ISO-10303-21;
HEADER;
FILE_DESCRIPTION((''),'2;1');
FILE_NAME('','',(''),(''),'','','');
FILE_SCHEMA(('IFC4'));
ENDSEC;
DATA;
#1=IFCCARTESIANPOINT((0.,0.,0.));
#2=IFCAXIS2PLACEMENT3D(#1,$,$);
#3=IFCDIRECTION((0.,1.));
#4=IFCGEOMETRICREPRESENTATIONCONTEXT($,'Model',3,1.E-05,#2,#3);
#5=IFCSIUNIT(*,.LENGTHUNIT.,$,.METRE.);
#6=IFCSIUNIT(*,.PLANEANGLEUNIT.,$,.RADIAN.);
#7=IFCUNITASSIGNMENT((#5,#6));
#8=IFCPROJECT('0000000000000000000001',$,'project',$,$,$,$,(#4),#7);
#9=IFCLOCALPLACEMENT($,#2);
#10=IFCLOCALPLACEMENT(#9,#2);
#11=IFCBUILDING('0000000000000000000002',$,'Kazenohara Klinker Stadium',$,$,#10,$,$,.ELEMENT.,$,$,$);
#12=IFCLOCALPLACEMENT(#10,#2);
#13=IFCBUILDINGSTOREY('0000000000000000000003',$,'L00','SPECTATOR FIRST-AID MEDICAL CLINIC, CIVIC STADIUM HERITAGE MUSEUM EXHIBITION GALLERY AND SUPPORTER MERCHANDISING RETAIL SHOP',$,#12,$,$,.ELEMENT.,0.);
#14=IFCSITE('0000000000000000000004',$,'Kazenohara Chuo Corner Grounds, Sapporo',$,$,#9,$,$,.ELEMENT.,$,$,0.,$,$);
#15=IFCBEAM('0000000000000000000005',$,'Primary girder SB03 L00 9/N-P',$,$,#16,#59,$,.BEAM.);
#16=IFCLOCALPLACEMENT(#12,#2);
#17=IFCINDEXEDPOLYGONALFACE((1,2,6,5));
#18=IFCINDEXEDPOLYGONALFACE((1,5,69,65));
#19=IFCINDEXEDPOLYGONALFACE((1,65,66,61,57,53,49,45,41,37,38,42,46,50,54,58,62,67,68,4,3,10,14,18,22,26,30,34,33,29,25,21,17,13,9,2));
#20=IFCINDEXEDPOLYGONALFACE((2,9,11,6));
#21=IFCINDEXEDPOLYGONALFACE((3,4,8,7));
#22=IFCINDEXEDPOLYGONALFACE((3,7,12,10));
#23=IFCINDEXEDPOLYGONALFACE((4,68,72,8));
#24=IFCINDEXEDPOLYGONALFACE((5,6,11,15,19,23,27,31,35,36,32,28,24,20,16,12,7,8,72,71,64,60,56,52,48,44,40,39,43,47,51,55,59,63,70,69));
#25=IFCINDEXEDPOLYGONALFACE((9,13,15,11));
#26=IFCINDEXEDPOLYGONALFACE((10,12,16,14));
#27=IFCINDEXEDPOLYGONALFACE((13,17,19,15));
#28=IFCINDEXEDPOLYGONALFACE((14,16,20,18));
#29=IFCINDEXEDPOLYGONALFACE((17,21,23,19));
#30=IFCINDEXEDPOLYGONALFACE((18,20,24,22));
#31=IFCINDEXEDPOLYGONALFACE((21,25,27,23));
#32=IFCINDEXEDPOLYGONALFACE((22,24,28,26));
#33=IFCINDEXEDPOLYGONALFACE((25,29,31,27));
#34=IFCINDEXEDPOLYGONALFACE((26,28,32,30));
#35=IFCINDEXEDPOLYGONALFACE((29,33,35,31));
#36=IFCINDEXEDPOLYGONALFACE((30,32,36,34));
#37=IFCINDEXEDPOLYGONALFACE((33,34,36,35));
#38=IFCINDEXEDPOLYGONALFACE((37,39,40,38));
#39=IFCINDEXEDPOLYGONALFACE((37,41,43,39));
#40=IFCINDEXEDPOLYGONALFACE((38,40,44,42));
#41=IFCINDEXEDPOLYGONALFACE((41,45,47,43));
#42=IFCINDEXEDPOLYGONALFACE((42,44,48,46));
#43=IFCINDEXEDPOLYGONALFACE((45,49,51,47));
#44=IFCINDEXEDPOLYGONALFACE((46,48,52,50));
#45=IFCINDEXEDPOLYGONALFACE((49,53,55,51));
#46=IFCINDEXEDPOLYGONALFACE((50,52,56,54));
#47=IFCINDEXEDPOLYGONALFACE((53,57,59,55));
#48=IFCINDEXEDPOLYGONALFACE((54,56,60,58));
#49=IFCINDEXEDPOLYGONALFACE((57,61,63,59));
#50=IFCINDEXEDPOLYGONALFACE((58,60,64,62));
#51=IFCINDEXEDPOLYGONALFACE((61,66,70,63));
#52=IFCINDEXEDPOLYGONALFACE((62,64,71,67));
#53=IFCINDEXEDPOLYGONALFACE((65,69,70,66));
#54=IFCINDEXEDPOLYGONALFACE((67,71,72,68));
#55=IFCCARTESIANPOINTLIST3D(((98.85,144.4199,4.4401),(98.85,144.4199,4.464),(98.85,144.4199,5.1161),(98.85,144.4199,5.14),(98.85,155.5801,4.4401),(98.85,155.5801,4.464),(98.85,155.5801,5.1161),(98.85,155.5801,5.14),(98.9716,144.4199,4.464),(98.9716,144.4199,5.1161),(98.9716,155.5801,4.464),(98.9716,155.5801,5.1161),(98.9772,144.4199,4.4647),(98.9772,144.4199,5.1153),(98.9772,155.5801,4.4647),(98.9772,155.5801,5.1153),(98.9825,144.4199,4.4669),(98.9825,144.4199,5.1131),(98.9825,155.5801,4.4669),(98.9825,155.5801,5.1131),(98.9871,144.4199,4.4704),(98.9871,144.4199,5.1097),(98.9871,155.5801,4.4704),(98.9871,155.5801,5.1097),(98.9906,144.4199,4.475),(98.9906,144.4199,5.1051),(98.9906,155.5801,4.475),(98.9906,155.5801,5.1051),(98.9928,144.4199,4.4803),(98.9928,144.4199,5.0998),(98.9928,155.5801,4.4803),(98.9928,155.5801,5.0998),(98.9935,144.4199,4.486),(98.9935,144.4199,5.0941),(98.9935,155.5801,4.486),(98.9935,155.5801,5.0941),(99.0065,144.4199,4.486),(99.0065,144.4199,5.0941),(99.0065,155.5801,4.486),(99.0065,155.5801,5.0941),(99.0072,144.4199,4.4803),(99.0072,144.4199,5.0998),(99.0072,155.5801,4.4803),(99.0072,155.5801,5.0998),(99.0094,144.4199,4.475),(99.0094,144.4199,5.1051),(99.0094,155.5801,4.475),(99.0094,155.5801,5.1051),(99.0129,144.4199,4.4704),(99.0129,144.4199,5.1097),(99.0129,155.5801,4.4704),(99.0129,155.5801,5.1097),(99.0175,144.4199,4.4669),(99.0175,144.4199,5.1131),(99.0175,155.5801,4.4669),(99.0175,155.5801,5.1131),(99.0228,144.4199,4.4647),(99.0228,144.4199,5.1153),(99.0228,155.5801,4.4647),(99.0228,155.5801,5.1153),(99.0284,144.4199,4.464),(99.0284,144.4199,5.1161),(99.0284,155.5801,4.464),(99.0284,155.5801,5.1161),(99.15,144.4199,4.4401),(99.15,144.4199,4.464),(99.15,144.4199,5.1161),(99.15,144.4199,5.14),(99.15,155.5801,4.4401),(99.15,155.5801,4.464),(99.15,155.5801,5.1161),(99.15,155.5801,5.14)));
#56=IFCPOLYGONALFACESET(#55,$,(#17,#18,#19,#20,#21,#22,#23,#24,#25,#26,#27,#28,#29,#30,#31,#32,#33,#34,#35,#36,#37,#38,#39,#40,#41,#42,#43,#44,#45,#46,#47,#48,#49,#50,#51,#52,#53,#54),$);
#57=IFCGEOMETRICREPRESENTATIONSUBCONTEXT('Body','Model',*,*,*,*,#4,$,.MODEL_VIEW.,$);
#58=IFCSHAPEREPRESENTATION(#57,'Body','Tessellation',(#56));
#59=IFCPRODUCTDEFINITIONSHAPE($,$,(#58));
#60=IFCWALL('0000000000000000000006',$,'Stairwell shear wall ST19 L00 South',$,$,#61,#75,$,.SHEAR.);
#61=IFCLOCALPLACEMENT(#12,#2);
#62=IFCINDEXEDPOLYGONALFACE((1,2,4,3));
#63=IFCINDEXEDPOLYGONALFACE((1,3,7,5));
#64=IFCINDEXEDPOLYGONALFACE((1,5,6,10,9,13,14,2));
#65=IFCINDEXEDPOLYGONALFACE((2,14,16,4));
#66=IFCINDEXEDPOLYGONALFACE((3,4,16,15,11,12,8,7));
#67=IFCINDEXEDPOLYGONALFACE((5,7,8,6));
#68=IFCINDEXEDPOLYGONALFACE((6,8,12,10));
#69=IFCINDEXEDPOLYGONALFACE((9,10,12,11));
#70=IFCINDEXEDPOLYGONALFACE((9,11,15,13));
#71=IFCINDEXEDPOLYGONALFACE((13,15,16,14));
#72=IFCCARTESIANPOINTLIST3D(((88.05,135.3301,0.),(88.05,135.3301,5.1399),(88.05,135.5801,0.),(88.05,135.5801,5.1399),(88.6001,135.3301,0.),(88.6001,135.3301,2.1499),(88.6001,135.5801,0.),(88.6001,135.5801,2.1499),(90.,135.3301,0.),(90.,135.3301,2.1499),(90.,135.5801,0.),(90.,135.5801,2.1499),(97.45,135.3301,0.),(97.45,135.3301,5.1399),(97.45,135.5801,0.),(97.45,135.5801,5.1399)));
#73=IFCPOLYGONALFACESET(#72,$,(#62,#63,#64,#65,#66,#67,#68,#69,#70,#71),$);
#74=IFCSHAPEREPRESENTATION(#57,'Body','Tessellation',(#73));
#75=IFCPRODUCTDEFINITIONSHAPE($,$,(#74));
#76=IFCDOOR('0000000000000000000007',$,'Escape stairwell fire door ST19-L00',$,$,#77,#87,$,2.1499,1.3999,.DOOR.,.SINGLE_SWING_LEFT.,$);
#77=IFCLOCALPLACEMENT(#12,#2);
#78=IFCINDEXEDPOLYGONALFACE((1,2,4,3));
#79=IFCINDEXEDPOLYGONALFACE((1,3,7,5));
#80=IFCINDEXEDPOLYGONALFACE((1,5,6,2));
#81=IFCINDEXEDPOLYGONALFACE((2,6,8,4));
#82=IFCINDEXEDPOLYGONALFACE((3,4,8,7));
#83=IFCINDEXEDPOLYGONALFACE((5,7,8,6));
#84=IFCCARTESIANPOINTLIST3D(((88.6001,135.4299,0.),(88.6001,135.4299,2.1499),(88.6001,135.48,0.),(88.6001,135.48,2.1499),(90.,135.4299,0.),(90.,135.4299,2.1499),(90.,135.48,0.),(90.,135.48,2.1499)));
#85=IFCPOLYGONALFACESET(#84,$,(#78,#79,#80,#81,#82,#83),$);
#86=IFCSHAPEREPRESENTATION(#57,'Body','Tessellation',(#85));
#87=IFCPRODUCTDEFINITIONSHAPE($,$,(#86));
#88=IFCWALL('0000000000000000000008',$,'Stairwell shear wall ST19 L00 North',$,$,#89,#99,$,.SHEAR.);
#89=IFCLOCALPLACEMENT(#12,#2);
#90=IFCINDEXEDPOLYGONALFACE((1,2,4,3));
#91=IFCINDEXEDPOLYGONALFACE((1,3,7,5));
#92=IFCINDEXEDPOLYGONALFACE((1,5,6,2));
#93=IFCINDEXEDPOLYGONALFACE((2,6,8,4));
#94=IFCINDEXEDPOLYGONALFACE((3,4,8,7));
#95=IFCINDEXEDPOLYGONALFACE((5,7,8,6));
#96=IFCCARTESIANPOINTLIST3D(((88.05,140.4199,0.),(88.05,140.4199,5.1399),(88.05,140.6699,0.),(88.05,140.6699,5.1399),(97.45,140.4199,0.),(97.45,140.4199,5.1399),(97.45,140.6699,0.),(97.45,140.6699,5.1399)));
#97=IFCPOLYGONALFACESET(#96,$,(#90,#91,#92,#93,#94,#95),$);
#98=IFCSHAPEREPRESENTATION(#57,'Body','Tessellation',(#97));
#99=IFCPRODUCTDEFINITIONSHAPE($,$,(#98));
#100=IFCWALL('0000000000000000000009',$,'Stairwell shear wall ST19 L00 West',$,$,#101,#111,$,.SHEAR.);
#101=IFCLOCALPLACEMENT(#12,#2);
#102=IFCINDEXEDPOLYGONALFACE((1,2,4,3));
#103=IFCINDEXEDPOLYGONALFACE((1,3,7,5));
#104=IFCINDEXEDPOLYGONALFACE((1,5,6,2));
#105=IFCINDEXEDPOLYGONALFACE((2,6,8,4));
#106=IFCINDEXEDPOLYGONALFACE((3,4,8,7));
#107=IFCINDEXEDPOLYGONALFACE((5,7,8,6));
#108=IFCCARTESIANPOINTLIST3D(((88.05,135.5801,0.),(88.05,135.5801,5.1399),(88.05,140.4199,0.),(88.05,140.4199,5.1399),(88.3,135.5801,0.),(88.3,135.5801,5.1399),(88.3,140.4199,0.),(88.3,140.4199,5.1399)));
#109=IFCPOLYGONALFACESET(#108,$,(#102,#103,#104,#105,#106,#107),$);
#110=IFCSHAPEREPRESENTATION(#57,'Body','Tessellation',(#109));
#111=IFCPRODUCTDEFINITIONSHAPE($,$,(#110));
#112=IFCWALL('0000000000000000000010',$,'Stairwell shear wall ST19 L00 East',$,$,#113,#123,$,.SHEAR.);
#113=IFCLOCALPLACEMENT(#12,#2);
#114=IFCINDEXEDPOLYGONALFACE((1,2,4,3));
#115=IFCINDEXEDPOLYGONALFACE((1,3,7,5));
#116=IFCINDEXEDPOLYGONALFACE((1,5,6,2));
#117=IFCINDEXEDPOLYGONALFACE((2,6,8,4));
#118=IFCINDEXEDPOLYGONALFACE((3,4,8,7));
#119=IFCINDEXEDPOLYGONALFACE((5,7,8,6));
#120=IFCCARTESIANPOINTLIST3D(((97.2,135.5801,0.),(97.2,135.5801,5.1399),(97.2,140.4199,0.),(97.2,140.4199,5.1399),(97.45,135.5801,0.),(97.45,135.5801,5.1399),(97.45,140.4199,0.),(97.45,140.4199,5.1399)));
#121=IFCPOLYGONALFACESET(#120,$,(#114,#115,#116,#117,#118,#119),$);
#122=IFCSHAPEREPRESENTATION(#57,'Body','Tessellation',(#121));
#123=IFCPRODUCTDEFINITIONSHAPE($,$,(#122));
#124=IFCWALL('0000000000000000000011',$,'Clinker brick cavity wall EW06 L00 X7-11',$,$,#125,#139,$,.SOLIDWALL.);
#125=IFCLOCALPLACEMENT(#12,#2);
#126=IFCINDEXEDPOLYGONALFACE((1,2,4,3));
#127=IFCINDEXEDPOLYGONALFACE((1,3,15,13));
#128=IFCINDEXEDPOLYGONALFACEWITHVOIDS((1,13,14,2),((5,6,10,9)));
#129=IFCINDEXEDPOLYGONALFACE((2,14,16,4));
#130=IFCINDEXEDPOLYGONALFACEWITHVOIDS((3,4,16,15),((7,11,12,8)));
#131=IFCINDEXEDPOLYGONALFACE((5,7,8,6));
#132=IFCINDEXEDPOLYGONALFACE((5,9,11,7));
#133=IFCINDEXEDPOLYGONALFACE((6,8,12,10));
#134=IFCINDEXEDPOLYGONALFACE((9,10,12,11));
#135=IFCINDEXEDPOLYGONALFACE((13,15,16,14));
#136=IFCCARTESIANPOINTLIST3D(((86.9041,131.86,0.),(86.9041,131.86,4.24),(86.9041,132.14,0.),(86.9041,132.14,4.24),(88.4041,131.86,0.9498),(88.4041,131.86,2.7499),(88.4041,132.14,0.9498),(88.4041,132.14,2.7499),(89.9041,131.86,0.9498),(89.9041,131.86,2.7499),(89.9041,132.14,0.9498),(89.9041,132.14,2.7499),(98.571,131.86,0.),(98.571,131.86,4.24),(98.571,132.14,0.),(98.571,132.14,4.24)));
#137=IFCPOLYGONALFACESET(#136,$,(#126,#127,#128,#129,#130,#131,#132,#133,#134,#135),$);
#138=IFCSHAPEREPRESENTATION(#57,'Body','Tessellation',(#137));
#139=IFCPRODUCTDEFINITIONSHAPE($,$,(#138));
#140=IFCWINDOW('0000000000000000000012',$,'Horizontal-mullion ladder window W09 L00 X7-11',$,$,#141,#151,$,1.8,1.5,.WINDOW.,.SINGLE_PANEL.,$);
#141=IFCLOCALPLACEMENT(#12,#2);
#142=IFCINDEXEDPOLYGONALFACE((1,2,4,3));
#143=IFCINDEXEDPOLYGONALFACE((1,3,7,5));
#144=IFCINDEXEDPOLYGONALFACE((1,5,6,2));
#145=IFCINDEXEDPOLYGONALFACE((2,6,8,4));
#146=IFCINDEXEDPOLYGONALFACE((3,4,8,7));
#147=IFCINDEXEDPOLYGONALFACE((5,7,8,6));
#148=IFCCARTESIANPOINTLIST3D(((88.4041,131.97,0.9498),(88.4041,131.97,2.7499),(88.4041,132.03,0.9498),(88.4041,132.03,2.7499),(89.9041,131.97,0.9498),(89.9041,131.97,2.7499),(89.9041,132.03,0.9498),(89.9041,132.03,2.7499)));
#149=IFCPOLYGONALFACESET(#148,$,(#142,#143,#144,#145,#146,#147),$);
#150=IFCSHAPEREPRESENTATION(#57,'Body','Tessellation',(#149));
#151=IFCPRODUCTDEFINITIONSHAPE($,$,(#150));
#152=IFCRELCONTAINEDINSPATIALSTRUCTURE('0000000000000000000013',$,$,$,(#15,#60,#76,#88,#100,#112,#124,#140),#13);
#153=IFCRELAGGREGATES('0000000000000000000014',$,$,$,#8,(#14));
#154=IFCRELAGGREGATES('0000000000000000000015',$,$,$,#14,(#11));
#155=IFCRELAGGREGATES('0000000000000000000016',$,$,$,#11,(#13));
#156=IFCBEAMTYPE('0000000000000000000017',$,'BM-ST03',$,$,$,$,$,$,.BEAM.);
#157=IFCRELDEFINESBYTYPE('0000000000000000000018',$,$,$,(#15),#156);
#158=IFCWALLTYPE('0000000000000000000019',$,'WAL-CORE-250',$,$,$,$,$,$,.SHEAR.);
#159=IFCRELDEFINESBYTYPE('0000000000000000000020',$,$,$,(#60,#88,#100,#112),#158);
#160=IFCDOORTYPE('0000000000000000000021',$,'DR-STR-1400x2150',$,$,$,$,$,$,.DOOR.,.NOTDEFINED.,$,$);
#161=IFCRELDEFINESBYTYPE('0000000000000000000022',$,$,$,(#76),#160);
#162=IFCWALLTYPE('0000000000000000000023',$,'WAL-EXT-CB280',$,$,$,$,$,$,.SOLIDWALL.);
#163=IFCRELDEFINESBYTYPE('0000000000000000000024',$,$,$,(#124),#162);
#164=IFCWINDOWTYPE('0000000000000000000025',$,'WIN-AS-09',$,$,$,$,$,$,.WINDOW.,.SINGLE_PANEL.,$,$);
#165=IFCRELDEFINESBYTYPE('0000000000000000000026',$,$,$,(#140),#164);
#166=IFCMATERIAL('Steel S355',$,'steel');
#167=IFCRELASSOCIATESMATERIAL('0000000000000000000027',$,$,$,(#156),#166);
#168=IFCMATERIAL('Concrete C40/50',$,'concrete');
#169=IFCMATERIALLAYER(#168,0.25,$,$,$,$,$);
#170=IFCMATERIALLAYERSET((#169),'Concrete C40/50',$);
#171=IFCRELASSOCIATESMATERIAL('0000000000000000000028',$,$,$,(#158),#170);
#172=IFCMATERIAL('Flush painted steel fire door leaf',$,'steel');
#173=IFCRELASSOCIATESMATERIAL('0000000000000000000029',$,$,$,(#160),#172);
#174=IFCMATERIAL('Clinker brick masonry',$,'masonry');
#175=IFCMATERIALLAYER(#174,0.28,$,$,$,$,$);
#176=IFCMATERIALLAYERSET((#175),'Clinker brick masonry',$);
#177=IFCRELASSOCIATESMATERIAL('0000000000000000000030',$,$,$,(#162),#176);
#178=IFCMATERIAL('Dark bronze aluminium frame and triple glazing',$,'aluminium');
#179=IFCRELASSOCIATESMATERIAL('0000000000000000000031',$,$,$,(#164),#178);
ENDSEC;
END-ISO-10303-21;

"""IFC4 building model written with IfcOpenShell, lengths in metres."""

from ifc_helpers import new_model, si_unit, direction, frame, frame_2d, origin, origin_2d, place, context, subcontext, project, spatial, rectangle, i_section, extrude, material, layer, layer_set, material_profile, profile_set, type_object, element, fill, save


model = new_model("IFC4")

# Units and contexts
model_context = context("Model", 3, precision=1e-05, world=origin(), true_north=direction((0.0, 1.0)))
body_context = subcontext(model_context, "Body", "Model", "MODEL_VIEW")
ifc_project = project(units=[si_unit("LENGTHUNIT", "METRE"), si_unit("PLANEANGLEUNIT", "RADIAN")], contexts=[model_context])

# Site, building, storey
site_placement = place(None, origin())
site = spatial("IfcSite", under=ifc_project, at=site_placement, Name="Kazenohara Chuo Corner Grounds, Sapporo", CompositionType="ELEMENT", RefElevation=0.0)
building_placement = place(site_placement, origin())
building = spatial("IfcBuilding", under=site, at=building_placement, Name="Kazenohara Klinker Stadium", CompositionType="ELEMENT")
storey_placement = place(building_placement, origin())
storey = spatial("IfcBuildingStorey", under=building, at=storey_placement, Name="L00", Description="SPECTATOR FIRST-AID MEDICAL CLINIC, CIVIC STADIUM HERITAGE MUSEUM EXHIBITION GALLERY AND SUPPORTER MERCHANDISING RETAIL SHOP", CompositionType="ELEMENT", Elevation=0.0)

# Shared definitions
ifc_material_1 = material(Name="Concrete C40/50", Category="concrete")

# Beam
ifc_material_2 = material(Name="Steel S355", Category="steel")
ifc_material_profile_1 = material_profile(ifc_material_2, i_section(OverallWidth=0.3, OverallDepth=0.7, WebThickness=0.0129, FlangeThickness=0.0239, FilletRadius=0.022, at=origin_2d()), Name="H-700x300x13x24")
ifc_profile_set_1 = profile_set([ifc_material_profile_1], Name="Steel S355")
beam_type_1 = type_object("IfcBeamType", Name="BM-ST03", PredefinedType="BEAM", material=ifc_profile_set_1)
beam_1_placement = place(storey_placement, frame((99.0, 144.4199, 4.79), z_axis=(0.0, 1.0, 0.0), x_axis=(-1.0, 0.0, 0.0)))
element("IfcBeam", 1, at=beam_1_placement, inside=storey, type_object=beam_type_1, Name="Primary girder SB03 L00 9/N-P", PredefinedType="BEAM", context=body_context, shape_type="SweptSolid", body=[
    extrude(i_section(OverallWidth=0.3, OverallDepth=0.7, WebThickness=0.0129, FlangeThickness=0.0239, FilletRadius=0.022, at=origin_2d()), origin(), (0.0, 0.0, 1.0), 11.1602),
])

# Wall, opening, door
ifc_layer_1 = layer(ifc_material_1, 0.25)
ifc_layer_set_1 = layer_set([ifc_layer_1], Name="Concrete C40/50")
wall_type_1 = type_object("IfcWallType", Name="WAL-CORE-250", PredefinedType="SHEAR", material=ifc_layer_set_1)
wall_1_placement = place(storey_placement, frame((88.05, 135.4551, 0.0), z_axis=(0.0, 0.0, 1.0), x_axis=(1.0, 0.0, 0.0)))
wall_1 = element("IfcWall", 2, at=wall_1_placement, inside=storey, type_object=wall_type_1, Name="Stairwell shear wall ST19 L00 South", PredefinedType="SHEAR", context=body_context, shape_type="SweptSolid", body=[
    extrude(rectangle(XDim=9.3999, YDim=0.25, at=frame_2d((4.7, 0.0))), origin(), (0.0, 0.0, 1.0), 5.1399),
])
opening_1_placement = place(wall_1_placement, frame((0.55, 0.0, 0.0)))
opening_1 = element("IfcOpeningElement", 3, at=opening_1_placement, cuts=wall_1, PredefinedType="OPENING", context=body_context, shape_type="SweptSolid", body=[
    extrude(rectangle(XDim=1.3999, YDim=2.1499, at=frame_2d((0.7, 1.075))), frame((0.0, 0.135, 0.0), z_axis=(0.0, -1.0, 0.0), x_axis=(1.0, 0.0, 0.0)), (0.0, 0.0, 1.0), 0.27),
])
ifc_material_3 = material(Name="Flush painted steel fire door leaf", Category="steel")
door_type = type_object("IfcDoorType", Name="DR-STR-1400x2150", OperationType="NOTDEFINED", PredefinedType="DOOR", material=ifc_material_3)
door_placement = place(opening_1_placement, origin())
door = element("IfcDoor", 4, at=door_placement, inside=storey, type_object=door_type, Name="Escape stairwell fire door ST19-L00", OperationType="SINGLE_SWING_LEFT", OverallHeight=2.1499, OverallWidth=1.3999, PredefinedType="DOOR", context=body_context, shape_type="SweptSolid", body=[
    extrude(rectangle(XDim=1.3999, YDim=2.1499, at=frame_2d((0.7, 1.075))), frame((0.0, 0.0249, 0.0), z_axis=(0.0, -1.0, 0.0), x_axis=(1.0, 0.0, 0.0)), (0.0, 0.0, 1.0), 0.05),
])
fill(opening_1, door)

# Walls
wall_2_placement = place(storey_placement, frame((88.05, 140.5449, 0.0), z_axis=(0.0, 0.0, 1.0), x_axis=(1.0, 0.0, 0.0)))
element("IfcWall", 5, at=wall_2_placement, inside=storey, type_object=wall_type_1, Name="Stairwell shear wall ST19 L00 North", PredefinedType="SHEAR", context=body_context, shape_type="SweptSolid", body=[
    extrude(rectangle(XDim=9.3999, YDim=0.25, at=frame_2d((4.7, 0.0))), origin(), (0.0, 0.0, 1.0), 5.1399),
])
for number, where, z_axis, x_axis, name in (
    (6, (88.175, 135.5801, 0.0), (0.0, 0.0, 1.0), (0.0, 1.0, 0.0), "Stairwell shear wall ST19 L00 West"),
    (7, (97.325, 135.5801, 0.0), (0.0, 0.0, 1.0), (0.0, 1.0, 0.0), "Stairwell shear wall ST19 L00 East"),
):
    element("IfcWall", number, at=place(storey_placement, frame(where, z_axis=z_axis, x_axis=x_axis)), inside=storey, type_object=wall_type_1, Name=name, PredefinedType="SHEAR", context=body_context, shape_type="SweptSolid", body=[
        extrude(rectangle(XDim=4.8398, YDim=0.25, at=frame_2d((2.4199, 0.0))), origin(), (0.0, 0.0, 1.0), 5.1399),
    ])

# Wall, opening, window
ifc_material_4 = material(Name="Clinker brick masonry", Category="masonry")
ifc_layer_2 = layer(ifc_material_4, 0.28)
ifc_layer_set_2 = layer_set([ifc_layer_2], Name="Clinker brick masonry")
wall_type_2 = type_object("IfcWallType", Name="WAL-EXT-CB280", PredefinedType="SOLIDWALL", material=ifc_layer_set_2)
wall_3_placement = place(storey_placement, frame((86.9041, 132.0, 0.0), z_axis=(0.0, 0.0, 1.0), x_axis=(1.0, 0.0, 0.0)))
wall_3 = element("IfcWall", 8, at=wall_3_placement, inside=storey, type_object=wall_type_2, Name="Clinker brick cavity wall EW06 L00 X7-11", PredefinedType="SOLIDWALL", context=body_context, shape_type="SweptSolid", body=[
    extrude(rectangle(XDim=11.667, YDim=0.28, at=frame_2d((5.8335, 0.0))), origin(), (0.0, 0.0, 1.0), 4.24),
])
opening_2_placement = place(wall_3_placement, frame((1.5, 0.0, 0.95)))
opening_2 = element("IfcOpeningElement", 9, at=opening_2_placement, cuts=wall_3, PredefinedType="OPENING", context=body_context, shape_type="SweptSolid", body=[
    extrude(rectangle(XDim=1.5, YDim=1.8, at=frame_2d((0.75, 0.8999))), frame((0.0, 0.1499, 0.0), z_axis=(0.0, -1.0, 0.0), x_axis=(1.0, 0.0, 0.0)), (0.0, 0.0, 1.0), 0.3),
])
ifc_material_5 = material(Name="Dark bronze aluminium frame and triple glazing", Category="aluminium")
window_type = type_object("IfcWindowType", Name="WIN-AS-09", PartitioningType="SINGLE_PANEL", PredefinedType="WINDOW", material=ifc_material_5)
window_placement = place(opening_2_placement, origin())
window = element("IfcWindow", 10, at=window_placement, inside=storey, type_object=window_type, Name="Horizontal-mullion ladder window W09 L00 X7-11", OverallHeight=1.8, OverallWidth=1.5, PartitioningType="SINGLE_PANEL", PredefinedType="WINDOW", context=body_context, shape_type="SweptSolid", body=[
    extrude(rectangle(XDim=1.5, YDim=1.8, at=frame_2d((0.75, 0.8999))), frame((0.0, 0.03, 0.0), z_axis=(0.0, -1.0, 0.0), x_axis=(1.0, 0.0, 0.0)), (0.0, 0.0, 1.0), 0.0601),
])
fill(opening_2, window)

save(model, "model.ifc")
